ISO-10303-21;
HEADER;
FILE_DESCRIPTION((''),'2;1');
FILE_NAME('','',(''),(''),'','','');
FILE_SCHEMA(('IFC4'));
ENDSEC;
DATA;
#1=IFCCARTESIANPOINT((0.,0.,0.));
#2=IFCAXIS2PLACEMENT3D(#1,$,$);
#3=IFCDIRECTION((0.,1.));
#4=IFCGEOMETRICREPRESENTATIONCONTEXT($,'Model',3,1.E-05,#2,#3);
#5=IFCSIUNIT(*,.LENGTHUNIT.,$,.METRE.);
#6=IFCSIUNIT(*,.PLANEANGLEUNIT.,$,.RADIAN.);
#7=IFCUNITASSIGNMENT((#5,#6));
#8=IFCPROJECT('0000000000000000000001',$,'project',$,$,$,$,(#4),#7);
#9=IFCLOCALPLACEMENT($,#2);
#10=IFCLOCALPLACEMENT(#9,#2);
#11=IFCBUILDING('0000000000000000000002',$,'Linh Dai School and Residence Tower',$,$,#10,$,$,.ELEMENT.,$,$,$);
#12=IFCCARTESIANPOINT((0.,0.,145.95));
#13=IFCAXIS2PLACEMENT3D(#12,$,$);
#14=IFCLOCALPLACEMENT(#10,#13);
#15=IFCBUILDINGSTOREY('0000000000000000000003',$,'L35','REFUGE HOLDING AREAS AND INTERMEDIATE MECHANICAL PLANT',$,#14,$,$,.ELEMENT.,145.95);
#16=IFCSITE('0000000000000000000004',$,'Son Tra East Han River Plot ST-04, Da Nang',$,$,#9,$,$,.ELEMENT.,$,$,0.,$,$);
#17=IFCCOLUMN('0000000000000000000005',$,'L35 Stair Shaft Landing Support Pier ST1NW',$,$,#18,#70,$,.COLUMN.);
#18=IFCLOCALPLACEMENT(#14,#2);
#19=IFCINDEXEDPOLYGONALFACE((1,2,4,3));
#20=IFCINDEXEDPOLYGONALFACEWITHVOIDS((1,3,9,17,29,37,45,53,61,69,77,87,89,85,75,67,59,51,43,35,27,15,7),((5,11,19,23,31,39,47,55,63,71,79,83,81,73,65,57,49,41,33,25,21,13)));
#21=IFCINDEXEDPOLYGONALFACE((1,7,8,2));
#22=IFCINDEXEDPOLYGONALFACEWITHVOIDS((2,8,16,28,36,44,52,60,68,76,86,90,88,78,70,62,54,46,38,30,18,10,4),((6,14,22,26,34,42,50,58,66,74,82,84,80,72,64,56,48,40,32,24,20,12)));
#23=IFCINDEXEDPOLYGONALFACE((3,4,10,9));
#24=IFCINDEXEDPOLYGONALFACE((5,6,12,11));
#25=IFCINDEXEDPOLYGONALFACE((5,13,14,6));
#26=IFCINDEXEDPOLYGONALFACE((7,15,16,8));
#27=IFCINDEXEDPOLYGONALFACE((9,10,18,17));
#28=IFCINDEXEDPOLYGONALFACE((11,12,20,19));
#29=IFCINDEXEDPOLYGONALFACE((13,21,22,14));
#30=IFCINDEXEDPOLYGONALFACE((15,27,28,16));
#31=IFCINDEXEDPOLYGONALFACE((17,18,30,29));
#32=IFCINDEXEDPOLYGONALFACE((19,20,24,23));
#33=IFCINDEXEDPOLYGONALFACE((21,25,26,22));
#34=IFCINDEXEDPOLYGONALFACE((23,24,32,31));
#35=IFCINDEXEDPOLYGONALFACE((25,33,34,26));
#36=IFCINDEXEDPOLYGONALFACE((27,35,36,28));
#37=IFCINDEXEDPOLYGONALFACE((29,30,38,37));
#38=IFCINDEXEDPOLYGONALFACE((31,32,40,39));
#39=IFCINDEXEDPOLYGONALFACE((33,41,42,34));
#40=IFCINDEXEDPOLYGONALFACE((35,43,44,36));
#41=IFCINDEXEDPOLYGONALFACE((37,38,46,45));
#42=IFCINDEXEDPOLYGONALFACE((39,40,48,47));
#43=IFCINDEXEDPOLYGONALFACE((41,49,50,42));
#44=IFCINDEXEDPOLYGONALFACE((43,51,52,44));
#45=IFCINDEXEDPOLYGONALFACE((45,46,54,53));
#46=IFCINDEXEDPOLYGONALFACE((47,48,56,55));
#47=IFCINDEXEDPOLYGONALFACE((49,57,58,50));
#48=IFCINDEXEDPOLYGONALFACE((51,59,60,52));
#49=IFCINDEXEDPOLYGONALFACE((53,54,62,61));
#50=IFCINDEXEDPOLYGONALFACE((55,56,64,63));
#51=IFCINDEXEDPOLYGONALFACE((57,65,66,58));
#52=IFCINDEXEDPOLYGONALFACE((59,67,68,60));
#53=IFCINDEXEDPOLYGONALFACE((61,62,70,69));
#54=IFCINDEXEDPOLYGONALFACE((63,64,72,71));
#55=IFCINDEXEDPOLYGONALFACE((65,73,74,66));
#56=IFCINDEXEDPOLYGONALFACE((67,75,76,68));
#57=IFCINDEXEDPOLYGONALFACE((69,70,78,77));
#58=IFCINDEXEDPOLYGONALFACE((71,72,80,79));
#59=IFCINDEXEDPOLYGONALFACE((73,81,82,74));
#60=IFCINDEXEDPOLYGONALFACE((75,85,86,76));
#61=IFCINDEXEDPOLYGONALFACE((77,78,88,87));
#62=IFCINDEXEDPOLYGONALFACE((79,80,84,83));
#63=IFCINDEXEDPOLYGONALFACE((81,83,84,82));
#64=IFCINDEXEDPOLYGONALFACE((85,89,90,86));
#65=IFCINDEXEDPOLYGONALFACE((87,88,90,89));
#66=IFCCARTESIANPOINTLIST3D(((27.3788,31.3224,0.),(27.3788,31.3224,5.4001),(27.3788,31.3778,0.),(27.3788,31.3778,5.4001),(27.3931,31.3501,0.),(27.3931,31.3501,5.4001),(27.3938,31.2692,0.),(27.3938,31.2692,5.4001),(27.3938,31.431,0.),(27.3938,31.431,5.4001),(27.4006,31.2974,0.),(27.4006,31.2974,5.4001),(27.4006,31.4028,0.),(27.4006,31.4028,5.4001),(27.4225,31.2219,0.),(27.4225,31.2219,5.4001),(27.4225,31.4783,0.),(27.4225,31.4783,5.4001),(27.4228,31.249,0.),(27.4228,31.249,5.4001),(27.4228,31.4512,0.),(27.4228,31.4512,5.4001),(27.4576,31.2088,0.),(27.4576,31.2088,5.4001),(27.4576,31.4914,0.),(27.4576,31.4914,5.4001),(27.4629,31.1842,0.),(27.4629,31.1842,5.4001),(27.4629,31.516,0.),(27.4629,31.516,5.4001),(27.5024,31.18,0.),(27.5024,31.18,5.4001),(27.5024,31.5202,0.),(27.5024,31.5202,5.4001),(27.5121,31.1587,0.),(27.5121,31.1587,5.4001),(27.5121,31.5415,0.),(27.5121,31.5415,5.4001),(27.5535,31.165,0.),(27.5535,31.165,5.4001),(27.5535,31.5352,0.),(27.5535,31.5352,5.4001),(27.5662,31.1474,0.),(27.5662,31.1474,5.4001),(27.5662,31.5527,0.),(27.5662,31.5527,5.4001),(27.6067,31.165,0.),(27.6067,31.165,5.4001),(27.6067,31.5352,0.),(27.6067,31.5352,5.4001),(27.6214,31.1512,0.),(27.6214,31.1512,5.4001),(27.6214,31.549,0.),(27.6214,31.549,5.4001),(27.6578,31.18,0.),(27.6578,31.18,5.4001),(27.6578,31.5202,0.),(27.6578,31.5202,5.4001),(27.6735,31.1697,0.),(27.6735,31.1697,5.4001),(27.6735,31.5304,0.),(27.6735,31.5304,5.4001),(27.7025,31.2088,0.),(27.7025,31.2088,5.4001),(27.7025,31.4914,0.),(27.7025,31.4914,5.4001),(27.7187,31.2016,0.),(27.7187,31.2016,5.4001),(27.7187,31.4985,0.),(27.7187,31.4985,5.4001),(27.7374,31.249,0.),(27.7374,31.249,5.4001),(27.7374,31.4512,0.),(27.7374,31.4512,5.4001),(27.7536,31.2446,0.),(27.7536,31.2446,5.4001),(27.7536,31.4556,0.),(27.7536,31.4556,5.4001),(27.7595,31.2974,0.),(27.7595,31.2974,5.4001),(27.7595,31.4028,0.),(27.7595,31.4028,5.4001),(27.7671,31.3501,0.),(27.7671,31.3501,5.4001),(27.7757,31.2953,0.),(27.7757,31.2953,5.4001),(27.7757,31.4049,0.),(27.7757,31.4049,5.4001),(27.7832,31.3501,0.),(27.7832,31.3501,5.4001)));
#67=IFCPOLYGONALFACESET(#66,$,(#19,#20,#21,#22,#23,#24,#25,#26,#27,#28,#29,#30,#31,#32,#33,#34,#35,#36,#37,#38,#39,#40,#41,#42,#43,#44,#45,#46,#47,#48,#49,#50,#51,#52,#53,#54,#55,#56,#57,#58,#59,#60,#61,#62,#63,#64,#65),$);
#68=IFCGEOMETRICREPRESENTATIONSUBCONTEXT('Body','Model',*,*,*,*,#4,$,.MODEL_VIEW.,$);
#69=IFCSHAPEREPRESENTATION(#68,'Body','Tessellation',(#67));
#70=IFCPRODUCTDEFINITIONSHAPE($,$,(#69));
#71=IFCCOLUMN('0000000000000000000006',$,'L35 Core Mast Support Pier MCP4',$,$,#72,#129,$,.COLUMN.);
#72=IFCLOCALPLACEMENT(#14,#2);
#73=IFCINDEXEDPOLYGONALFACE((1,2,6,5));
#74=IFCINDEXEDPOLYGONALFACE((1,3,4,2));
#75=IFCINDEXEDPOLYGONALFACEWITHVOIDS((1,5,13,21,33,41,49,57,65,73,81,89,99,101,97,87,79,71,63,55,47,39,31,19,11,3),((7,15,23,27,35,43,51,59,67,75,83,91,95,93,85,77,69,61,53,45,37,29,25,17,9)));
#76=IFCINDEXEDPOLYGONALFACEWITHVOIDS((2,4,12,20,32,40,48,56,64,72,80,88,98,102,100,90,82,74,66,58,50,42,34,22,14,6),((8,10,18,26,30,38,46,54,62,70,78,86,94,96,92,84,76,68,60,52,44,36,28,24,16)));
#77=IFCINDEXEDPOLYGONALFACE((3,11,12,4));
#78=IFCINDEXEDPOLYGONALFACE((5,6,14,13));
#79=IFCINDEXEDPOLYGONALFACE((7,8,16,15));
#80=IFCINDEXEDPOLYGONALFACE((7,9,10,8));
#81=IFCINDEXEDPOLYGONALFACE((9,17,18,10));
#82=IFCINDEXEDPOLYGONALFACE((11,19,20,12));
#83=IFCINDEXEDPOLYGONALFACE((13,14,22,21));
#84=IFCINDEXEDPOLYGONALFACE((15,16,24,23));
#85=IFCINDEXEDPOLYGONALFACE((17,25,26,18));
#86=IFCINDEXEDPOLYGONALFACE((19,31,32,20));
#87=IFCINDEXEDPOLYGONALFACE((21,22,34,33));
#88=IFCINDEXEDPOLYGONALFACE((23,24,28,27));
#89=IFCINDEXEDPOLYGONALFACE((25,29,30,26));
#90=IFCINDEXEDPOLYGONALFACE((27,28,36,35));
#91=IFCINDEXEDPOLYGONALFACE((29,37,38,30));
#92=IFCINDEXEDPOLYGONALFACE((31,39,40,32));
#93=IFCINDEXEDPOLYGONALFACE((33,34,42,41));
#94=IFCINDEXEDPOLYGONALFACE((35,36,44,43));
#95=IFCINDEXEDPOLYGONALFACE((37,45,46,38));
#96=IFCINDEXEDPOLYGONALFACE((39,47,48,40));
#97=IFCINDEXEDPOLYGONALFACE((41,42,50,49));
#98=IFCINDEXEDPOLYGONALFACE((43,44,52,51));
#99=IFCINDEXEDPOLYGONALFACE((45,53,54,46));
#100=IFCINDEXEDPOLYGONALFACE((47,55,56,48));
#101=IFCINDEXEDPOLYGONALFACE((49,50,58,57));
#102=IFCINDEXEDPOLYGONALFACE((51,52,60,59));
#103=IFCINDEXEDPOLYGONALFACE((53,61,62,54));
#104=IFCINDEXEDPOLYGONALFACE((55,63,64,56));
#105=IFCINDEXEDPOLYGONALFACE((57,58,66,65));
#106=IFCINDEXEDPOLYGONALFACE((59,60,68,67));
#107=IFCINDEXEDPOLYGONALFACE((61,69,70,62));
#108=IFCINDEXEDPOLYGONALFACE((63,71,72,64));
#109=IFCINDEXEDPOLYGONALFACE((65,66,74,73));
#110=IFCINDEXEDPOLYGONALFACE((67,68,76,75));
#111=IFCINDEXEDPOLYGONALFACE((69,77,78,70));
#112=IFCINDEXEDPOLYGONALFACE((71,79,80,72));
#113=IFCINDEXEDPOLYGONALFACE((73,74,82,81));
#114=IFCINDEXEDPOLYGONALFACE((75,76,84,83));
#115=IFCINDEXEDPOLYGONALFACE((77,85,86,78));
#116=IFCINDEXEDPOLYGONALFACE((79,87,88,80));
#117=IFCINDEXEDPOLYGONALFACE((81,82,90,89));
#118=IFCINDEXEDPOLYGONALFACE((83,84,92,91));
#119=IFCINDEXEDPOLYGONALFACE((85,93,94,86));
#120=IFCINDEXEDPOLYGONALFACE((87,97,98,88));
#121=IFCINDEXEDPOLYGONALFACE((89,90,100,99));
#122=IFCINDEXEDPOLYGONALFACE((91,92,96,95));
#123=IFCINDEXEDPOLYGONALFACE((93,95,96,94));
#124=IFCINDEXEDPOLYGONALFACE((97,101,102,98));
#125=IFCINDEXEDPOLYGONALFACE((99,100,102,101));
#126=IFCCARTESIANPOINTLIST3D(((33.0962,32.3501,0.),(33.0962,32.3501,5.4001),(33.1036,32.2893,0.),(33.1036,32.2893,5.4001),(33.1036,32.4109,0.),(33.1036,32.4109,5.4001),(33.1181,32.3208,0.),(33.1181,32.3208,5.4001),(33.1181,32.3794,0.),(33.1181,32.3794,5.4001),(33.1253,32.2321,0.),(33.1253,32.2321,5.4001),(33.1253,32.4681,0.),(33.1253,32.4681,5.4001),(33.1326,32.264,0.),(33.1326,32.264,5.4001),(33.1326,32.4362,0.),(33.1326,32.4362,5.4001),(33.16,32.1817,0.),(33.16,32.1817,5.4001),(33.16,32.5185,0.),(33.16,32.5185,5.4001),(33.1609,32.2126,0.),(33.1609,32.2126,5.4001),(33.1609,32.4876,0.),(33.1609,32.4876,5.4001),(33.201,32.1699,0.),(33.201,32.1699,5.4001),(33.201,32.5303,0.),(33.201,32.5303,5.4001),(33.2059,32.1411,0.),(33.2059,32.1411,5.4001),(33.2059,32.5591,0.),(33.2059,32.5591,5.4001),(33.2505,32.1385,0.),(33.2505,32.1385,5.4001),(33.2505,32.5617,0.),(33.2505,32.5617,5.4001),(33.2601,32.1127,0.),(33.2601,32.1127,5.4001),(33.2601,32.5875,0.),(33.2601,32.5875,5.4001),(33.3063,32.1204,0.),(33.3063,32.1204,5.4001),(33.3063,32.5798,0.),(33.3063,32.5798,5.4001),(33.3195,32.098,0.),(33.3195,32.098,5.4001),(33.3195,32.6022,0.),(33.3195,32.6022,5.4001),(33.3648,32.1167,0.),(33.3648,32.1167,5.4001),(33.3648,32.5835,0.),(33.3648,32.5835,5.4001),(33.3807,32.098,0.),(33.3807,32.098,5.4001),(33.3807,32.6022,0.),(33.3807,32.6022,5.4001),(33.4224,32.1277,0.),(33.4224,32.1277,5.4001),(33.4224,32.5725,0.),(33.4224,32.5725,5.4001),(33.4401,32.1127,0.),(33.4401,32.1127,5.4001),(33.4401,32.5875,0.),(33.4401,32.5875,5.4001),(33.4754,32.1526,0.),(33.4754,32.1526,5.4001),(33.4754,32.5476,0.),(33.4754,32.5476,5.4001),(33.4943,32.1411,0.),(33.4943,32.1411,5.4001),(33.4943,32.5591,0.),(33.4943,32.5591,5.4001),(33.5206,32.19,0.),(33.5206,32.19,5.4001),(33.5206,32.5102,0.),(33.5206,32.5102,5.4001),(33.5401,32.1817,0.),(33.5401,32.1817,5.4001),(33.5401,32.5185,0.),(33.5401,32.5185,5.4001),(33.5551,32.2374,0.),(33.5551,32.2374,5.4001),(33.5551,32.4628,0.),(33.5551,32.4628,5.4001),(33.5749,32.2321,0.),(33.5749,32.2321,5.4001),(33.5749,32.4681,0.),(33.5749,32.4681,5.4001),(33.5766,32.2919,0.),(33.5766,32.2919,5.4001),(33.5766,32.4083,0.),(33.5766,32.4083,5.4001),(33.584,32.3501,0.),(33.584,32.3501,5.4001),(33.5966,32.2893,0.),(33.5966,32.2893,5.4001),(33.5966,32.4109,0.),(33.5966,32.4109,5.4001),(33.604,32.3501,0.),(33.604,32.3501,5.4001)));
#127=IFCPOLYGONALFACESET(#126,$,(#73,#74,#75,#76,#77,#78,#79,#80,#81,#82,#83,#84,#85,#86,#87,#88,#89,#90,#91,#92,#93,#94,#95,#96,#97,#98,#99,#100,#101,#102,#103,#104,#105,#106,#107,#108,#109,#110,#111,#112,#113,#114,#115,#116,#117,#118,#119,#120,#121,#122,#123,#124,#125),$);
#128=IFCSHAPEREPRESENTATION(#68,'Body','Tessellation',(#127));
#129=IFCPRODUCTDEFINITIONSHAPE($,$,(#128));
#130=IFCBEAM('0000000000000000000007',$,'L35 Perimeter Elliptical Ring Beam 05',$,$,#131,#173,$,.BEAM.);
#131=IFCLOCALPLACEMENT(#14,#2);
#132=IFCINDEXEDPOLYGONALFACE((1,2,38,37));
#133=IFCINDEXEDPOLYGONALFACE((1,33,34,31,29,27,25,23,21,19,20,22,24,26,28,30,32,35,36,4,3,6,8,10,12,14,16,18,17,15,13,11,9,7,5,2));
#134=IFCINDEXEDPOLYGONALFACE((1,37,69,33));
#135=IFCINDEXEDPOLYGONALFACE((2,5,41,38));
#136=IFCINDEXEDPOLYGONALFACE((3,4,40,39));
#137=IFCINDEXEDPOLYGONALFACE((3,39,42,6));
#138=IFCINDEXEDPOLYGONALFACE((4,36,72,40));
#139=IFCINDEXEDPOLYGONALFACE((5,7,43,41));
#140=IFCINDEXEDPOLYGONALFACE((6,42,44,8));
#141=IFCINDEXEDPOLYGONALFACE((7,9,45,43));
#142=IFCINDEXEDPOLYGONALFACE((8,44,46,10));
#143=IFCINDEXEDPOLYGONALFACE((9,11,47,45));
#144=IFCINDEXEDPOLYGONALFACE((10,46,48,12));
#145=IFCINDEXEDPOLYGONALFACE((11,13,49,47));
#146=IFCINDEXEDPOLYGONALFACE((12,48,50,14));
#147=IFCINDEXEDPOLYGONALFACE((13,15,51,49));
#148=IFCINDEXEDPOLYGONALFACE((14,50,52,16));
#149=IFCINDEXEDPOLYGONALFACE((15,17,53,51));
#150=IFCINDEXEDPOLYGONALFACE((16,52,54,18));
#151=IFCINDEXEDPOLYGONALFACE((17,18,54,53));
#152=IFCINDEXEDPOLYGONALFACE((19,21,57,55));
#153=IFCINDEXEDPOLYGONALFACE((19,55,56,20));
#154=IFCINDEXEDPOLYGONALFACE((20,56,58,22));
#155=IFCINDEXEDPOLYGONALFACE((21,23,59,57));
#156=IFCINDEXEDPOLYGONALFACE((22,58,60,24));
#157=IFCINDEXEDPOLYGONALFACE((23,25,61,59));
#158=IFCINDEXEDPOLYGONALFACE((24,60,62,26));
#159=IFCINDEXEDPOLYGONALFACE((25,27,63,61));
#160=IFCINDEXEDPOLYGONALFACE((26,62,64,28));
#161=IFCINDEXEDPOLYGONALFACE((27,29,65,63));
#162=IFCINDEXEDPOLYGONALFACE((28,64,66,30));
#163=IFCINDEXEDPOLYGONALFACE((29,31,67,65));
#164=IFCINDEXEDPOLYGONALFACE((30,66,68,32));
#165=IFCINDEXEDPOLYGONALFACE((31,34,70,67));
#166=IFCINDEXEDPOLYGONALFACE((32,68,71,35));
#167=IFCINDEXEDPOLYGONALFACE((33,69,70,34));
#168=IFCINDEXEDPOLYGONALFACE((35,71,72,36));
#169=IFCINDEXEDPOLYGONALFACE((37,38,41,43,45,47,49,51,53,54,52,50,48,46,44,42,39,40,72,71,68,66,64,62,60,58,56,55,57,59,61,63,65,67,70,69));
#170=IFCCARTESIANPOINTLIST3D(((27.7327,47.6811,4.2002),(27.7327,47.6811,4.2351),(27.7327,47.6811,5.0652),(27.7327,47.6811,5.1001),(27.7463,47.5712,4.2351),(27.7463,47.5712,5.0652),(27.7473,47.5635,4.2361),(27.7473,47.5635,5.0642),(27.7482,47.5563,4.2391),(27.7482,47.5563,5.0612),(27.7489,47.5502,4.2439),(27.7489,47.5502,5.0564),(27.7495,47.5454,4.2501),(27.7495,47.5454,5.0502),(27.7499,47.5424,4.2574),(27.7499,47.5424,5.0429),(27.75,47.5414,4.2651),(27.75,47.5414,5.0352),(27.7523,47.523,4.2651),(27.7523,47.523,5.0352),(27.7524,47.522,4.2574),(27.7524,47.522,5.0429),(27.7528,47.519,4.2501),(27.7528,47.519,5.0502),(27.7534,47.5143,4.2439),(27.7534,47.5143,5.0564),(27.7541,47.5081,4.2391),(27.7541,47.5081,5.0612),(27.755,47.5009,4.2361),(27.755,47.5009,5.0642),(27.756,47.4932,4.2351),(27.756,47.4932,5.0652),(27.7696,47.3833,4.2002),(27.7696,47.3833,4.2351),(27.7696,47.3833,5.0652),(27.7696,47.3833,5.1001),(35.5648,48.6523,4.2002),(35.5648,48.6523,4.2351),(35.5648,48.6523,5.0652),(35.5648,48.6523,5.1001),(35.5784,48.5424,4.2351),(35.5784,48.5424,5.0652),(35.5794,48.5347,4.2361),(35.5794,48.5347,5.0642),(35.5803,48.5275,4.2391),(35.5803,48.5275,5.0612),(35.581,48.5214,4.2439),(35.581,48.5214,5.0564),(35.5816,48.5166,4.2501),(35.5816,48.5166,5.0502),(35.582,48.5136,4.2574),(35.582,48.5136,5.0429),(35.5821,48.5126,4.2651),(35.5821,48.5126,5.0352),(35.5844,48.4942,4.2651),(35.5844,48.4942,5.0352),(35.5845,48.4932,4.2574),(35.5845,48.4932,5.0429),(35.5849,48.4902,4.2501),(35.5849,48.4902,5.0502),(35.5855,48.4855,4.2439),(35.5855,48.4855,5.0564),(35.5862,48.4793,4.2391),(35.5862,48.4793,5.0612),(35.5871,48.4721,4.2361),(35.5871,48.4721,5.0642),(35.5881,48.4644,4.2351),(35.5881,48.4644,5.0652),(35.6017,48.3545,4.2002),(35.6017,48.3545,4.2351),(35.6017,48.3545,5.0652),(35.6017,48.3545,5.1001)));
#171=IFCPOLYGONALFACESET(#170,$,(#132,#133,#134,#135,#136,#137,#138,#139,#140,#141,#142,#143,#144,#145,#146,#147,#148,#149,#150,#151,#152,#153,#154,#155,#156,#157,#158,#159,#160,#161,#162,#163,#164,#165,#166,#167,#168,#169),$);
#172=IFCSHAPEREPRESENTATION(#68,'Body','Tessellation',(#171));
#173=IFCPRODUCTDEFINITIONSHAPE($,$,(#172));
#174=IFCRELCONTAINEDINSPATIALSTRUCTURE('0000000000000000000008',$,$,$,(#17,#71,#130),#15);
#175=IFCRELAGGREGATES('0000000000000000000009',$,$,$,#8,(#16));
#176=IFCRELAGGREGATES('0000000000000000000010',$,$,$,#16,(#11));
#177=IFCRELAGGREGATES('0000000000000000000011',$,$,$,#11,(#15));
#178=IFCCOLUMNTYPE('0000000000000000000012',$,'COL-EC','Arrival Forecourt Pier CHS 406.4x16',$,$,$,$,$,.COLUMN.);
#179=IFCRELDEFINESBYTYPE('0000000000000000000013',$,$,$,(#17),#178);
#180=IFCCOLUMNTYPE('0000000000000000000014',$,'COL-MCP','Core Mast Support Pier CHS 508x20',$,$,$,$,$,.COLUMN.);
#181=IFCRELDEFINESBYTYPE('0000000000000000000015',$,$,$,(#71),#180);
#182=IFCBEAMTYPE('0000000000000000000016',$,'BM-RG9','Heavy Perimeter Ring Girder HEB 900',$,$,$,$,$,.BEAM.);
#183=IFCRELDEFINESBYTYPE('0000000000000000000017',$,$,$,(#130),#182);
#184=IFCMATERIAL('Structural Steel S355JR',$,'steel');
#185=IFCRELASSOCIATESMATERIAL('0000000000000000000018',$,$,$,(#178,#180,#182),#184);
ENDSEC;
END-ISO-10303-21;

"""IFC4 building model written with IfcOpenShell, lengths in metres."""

from ifc_helpers import new_model, si_unit, direction, frame, origin, origin_2d, place, context, subcontext, project, spatial, hollow_circle, i_section, extrude, material, material_profile, profile_set, type_object, element, save


model = new_model("IFC4")

# Units and contexts
model_context = context("Model", 3, precision=1e-05, world=origin(), true_north=direction((0.0, 1.0)))
body_context = subcontext(model_context, "Body", "Model", "MODEL_VIEW")
ifc_project = project(units=[si_unit("LENGTHUNIT", "METRE"), si_unit("PLANEANGLEUNIT", "RADIAN")], contexts=[model_context])

# Site, building, storey
site_placement = place(None, origin())
site = spatial("IfcSite", under=ifc_project, at=site_placement, Name="Son Tra East Han River Plot ST-04, Da Nang", CompositionType="ELEMENT", RefElevation=0.0)
building_placement = place(site_placement, origin())
building = spatial("IfcBuilding", under=site, at=building_placement, Name="Linh Dai School and Residence Tower", CompositionType="ELEMENT")
storey_placement = place(building_placement, frame((0.0, 0.0, 145.95)))
storey = spatial("IfcBuildingStorey", under=building, at=storey_placement, Name="L35", Description="REFUGE HOLDING AREAS AND INTERMEDIATE MECHANICAL PLANT", CompositionType="ELEMENT", Elevation=145.95)

# Columns
ifc_material_1 = material(Name="Structural Steel S355JR", Category="steel")
ifc_material_profile_1 = material_profile(ifc_material_1, hollow_circle(Radius=0.2031, WallThickness=0.0161, at=origin_2d()), Name="CHS 406.4x16")
ifc_profile_set_1 = profile_set([ifc_material_profile_1], Name="Structural Steel S355JR")
column_type_1 = type_object("IfcColumnType", Name="COL-EC", Description="Arrival Forecourt Pier CHS 406.4x16", PredefinedType="COLUMN", material=ifc_profile_set_1)
column_1_placement = place(storey_placement, frame((27.5801, 31.3501, 0.0), z_axis=(0.0, 0.0, 1.0), x_axis=(1.0, 0.0, 0.0)))
element("IfcColumn", 1, at=column_1_placement, inside=storey, type_object=column_type_1, Name="L35 Stair Shaft Landing Support Pier ST1NW", PredefinedType="COLUMN", context=body_context, shape_type="SweptSolid", body=[
    extrude(hollow_circle(Radius=0.2031, WallThickness=0.0161, at=origin_2d()), origin(), (0.0, 0.0, 1.0), 5.4001),
])
ifc_material_profile_2 = material_profile(ifc_material_1, hollow_circle(Radius=0.2539, WallThickness=0.02, at=origin_2d()), Name="CHS 508x20")
ifc_profile_set_2 = profile_set([ifc_material_profile_2], Name="Structural Steel S355JR")
column_type_2 = type_object("IfcColumnType", Name="COL-MCP", Description="Core Mast Support Pier CHS 508x20", PredefinedType="COLUMN", material=ifc_profile_set_2)
column_2_placement = place(storey_placement, frame((33.3501, 32.3501, 0.0), z_axis=(0.0, 0.0, 1.0), x_axis=(1.0, 0.0, 0.0)))
element("IfcColumn", 2, at=column_2_placement, inside=storey, type_object=column_type_2, Name="L35 Core Mast Support Pier MCP4", PredefinedType="COLUMN", context=body_context, shape_type="SweptSolid", body=[
    extrude(hollow_circle(Radius=0.2539, WallThickness=0.02, at=origin_2d()), origin(), (0.0, 0.0, 1.0), 5.4001),
])

# Beam
ifc_material_profile_3 = material_profile(ifc_material_1, i_section(OverallWidth=0.3, OverallDepth=0.8999, WebThickness=0.0186, FlangeThickness=0.0349, FilletRadius=0.03, at=origin_2d()), Name="HEB 900")
ifc_profile_set_3 = profile_set([ifc_material_profile_3], Name="Structural Steel S355JR")
beam_type_1 = type_object("IfcBeamType", Name="BM-RG9", Description="Heavy Perimeter Ring Girder HEB 900", PredefinedType="BEAM", material=ifc_profile_set_3)
beam_1_placement = place(storey_placement, frame((35.5833, 48.5034, 4.6501), z_axis=(-0.992399, -0.12306, 0.0), x_axis=(0.12306, -0.992399, 0.0)))
element("IfcBeam", 3, at=beam_1_placement, inside=storey, type_object=beam_type_1, Name="L35 Perimeter Elliptical Ring Beam 05", PredefinedType="BEAM", context=body_context, shape_type="SweptSolid", body=[
    extrude(i_section(OverallWidth=0.3, OverallDepth=0.8999, WebThickness=0.0186, FlangeThickness=0.0349, FilletRadius=0.03, at=origin_2d()), origin(), (0.0, 0.0, 1.0), 7.8921),
])

save(model, "model.ifc")
